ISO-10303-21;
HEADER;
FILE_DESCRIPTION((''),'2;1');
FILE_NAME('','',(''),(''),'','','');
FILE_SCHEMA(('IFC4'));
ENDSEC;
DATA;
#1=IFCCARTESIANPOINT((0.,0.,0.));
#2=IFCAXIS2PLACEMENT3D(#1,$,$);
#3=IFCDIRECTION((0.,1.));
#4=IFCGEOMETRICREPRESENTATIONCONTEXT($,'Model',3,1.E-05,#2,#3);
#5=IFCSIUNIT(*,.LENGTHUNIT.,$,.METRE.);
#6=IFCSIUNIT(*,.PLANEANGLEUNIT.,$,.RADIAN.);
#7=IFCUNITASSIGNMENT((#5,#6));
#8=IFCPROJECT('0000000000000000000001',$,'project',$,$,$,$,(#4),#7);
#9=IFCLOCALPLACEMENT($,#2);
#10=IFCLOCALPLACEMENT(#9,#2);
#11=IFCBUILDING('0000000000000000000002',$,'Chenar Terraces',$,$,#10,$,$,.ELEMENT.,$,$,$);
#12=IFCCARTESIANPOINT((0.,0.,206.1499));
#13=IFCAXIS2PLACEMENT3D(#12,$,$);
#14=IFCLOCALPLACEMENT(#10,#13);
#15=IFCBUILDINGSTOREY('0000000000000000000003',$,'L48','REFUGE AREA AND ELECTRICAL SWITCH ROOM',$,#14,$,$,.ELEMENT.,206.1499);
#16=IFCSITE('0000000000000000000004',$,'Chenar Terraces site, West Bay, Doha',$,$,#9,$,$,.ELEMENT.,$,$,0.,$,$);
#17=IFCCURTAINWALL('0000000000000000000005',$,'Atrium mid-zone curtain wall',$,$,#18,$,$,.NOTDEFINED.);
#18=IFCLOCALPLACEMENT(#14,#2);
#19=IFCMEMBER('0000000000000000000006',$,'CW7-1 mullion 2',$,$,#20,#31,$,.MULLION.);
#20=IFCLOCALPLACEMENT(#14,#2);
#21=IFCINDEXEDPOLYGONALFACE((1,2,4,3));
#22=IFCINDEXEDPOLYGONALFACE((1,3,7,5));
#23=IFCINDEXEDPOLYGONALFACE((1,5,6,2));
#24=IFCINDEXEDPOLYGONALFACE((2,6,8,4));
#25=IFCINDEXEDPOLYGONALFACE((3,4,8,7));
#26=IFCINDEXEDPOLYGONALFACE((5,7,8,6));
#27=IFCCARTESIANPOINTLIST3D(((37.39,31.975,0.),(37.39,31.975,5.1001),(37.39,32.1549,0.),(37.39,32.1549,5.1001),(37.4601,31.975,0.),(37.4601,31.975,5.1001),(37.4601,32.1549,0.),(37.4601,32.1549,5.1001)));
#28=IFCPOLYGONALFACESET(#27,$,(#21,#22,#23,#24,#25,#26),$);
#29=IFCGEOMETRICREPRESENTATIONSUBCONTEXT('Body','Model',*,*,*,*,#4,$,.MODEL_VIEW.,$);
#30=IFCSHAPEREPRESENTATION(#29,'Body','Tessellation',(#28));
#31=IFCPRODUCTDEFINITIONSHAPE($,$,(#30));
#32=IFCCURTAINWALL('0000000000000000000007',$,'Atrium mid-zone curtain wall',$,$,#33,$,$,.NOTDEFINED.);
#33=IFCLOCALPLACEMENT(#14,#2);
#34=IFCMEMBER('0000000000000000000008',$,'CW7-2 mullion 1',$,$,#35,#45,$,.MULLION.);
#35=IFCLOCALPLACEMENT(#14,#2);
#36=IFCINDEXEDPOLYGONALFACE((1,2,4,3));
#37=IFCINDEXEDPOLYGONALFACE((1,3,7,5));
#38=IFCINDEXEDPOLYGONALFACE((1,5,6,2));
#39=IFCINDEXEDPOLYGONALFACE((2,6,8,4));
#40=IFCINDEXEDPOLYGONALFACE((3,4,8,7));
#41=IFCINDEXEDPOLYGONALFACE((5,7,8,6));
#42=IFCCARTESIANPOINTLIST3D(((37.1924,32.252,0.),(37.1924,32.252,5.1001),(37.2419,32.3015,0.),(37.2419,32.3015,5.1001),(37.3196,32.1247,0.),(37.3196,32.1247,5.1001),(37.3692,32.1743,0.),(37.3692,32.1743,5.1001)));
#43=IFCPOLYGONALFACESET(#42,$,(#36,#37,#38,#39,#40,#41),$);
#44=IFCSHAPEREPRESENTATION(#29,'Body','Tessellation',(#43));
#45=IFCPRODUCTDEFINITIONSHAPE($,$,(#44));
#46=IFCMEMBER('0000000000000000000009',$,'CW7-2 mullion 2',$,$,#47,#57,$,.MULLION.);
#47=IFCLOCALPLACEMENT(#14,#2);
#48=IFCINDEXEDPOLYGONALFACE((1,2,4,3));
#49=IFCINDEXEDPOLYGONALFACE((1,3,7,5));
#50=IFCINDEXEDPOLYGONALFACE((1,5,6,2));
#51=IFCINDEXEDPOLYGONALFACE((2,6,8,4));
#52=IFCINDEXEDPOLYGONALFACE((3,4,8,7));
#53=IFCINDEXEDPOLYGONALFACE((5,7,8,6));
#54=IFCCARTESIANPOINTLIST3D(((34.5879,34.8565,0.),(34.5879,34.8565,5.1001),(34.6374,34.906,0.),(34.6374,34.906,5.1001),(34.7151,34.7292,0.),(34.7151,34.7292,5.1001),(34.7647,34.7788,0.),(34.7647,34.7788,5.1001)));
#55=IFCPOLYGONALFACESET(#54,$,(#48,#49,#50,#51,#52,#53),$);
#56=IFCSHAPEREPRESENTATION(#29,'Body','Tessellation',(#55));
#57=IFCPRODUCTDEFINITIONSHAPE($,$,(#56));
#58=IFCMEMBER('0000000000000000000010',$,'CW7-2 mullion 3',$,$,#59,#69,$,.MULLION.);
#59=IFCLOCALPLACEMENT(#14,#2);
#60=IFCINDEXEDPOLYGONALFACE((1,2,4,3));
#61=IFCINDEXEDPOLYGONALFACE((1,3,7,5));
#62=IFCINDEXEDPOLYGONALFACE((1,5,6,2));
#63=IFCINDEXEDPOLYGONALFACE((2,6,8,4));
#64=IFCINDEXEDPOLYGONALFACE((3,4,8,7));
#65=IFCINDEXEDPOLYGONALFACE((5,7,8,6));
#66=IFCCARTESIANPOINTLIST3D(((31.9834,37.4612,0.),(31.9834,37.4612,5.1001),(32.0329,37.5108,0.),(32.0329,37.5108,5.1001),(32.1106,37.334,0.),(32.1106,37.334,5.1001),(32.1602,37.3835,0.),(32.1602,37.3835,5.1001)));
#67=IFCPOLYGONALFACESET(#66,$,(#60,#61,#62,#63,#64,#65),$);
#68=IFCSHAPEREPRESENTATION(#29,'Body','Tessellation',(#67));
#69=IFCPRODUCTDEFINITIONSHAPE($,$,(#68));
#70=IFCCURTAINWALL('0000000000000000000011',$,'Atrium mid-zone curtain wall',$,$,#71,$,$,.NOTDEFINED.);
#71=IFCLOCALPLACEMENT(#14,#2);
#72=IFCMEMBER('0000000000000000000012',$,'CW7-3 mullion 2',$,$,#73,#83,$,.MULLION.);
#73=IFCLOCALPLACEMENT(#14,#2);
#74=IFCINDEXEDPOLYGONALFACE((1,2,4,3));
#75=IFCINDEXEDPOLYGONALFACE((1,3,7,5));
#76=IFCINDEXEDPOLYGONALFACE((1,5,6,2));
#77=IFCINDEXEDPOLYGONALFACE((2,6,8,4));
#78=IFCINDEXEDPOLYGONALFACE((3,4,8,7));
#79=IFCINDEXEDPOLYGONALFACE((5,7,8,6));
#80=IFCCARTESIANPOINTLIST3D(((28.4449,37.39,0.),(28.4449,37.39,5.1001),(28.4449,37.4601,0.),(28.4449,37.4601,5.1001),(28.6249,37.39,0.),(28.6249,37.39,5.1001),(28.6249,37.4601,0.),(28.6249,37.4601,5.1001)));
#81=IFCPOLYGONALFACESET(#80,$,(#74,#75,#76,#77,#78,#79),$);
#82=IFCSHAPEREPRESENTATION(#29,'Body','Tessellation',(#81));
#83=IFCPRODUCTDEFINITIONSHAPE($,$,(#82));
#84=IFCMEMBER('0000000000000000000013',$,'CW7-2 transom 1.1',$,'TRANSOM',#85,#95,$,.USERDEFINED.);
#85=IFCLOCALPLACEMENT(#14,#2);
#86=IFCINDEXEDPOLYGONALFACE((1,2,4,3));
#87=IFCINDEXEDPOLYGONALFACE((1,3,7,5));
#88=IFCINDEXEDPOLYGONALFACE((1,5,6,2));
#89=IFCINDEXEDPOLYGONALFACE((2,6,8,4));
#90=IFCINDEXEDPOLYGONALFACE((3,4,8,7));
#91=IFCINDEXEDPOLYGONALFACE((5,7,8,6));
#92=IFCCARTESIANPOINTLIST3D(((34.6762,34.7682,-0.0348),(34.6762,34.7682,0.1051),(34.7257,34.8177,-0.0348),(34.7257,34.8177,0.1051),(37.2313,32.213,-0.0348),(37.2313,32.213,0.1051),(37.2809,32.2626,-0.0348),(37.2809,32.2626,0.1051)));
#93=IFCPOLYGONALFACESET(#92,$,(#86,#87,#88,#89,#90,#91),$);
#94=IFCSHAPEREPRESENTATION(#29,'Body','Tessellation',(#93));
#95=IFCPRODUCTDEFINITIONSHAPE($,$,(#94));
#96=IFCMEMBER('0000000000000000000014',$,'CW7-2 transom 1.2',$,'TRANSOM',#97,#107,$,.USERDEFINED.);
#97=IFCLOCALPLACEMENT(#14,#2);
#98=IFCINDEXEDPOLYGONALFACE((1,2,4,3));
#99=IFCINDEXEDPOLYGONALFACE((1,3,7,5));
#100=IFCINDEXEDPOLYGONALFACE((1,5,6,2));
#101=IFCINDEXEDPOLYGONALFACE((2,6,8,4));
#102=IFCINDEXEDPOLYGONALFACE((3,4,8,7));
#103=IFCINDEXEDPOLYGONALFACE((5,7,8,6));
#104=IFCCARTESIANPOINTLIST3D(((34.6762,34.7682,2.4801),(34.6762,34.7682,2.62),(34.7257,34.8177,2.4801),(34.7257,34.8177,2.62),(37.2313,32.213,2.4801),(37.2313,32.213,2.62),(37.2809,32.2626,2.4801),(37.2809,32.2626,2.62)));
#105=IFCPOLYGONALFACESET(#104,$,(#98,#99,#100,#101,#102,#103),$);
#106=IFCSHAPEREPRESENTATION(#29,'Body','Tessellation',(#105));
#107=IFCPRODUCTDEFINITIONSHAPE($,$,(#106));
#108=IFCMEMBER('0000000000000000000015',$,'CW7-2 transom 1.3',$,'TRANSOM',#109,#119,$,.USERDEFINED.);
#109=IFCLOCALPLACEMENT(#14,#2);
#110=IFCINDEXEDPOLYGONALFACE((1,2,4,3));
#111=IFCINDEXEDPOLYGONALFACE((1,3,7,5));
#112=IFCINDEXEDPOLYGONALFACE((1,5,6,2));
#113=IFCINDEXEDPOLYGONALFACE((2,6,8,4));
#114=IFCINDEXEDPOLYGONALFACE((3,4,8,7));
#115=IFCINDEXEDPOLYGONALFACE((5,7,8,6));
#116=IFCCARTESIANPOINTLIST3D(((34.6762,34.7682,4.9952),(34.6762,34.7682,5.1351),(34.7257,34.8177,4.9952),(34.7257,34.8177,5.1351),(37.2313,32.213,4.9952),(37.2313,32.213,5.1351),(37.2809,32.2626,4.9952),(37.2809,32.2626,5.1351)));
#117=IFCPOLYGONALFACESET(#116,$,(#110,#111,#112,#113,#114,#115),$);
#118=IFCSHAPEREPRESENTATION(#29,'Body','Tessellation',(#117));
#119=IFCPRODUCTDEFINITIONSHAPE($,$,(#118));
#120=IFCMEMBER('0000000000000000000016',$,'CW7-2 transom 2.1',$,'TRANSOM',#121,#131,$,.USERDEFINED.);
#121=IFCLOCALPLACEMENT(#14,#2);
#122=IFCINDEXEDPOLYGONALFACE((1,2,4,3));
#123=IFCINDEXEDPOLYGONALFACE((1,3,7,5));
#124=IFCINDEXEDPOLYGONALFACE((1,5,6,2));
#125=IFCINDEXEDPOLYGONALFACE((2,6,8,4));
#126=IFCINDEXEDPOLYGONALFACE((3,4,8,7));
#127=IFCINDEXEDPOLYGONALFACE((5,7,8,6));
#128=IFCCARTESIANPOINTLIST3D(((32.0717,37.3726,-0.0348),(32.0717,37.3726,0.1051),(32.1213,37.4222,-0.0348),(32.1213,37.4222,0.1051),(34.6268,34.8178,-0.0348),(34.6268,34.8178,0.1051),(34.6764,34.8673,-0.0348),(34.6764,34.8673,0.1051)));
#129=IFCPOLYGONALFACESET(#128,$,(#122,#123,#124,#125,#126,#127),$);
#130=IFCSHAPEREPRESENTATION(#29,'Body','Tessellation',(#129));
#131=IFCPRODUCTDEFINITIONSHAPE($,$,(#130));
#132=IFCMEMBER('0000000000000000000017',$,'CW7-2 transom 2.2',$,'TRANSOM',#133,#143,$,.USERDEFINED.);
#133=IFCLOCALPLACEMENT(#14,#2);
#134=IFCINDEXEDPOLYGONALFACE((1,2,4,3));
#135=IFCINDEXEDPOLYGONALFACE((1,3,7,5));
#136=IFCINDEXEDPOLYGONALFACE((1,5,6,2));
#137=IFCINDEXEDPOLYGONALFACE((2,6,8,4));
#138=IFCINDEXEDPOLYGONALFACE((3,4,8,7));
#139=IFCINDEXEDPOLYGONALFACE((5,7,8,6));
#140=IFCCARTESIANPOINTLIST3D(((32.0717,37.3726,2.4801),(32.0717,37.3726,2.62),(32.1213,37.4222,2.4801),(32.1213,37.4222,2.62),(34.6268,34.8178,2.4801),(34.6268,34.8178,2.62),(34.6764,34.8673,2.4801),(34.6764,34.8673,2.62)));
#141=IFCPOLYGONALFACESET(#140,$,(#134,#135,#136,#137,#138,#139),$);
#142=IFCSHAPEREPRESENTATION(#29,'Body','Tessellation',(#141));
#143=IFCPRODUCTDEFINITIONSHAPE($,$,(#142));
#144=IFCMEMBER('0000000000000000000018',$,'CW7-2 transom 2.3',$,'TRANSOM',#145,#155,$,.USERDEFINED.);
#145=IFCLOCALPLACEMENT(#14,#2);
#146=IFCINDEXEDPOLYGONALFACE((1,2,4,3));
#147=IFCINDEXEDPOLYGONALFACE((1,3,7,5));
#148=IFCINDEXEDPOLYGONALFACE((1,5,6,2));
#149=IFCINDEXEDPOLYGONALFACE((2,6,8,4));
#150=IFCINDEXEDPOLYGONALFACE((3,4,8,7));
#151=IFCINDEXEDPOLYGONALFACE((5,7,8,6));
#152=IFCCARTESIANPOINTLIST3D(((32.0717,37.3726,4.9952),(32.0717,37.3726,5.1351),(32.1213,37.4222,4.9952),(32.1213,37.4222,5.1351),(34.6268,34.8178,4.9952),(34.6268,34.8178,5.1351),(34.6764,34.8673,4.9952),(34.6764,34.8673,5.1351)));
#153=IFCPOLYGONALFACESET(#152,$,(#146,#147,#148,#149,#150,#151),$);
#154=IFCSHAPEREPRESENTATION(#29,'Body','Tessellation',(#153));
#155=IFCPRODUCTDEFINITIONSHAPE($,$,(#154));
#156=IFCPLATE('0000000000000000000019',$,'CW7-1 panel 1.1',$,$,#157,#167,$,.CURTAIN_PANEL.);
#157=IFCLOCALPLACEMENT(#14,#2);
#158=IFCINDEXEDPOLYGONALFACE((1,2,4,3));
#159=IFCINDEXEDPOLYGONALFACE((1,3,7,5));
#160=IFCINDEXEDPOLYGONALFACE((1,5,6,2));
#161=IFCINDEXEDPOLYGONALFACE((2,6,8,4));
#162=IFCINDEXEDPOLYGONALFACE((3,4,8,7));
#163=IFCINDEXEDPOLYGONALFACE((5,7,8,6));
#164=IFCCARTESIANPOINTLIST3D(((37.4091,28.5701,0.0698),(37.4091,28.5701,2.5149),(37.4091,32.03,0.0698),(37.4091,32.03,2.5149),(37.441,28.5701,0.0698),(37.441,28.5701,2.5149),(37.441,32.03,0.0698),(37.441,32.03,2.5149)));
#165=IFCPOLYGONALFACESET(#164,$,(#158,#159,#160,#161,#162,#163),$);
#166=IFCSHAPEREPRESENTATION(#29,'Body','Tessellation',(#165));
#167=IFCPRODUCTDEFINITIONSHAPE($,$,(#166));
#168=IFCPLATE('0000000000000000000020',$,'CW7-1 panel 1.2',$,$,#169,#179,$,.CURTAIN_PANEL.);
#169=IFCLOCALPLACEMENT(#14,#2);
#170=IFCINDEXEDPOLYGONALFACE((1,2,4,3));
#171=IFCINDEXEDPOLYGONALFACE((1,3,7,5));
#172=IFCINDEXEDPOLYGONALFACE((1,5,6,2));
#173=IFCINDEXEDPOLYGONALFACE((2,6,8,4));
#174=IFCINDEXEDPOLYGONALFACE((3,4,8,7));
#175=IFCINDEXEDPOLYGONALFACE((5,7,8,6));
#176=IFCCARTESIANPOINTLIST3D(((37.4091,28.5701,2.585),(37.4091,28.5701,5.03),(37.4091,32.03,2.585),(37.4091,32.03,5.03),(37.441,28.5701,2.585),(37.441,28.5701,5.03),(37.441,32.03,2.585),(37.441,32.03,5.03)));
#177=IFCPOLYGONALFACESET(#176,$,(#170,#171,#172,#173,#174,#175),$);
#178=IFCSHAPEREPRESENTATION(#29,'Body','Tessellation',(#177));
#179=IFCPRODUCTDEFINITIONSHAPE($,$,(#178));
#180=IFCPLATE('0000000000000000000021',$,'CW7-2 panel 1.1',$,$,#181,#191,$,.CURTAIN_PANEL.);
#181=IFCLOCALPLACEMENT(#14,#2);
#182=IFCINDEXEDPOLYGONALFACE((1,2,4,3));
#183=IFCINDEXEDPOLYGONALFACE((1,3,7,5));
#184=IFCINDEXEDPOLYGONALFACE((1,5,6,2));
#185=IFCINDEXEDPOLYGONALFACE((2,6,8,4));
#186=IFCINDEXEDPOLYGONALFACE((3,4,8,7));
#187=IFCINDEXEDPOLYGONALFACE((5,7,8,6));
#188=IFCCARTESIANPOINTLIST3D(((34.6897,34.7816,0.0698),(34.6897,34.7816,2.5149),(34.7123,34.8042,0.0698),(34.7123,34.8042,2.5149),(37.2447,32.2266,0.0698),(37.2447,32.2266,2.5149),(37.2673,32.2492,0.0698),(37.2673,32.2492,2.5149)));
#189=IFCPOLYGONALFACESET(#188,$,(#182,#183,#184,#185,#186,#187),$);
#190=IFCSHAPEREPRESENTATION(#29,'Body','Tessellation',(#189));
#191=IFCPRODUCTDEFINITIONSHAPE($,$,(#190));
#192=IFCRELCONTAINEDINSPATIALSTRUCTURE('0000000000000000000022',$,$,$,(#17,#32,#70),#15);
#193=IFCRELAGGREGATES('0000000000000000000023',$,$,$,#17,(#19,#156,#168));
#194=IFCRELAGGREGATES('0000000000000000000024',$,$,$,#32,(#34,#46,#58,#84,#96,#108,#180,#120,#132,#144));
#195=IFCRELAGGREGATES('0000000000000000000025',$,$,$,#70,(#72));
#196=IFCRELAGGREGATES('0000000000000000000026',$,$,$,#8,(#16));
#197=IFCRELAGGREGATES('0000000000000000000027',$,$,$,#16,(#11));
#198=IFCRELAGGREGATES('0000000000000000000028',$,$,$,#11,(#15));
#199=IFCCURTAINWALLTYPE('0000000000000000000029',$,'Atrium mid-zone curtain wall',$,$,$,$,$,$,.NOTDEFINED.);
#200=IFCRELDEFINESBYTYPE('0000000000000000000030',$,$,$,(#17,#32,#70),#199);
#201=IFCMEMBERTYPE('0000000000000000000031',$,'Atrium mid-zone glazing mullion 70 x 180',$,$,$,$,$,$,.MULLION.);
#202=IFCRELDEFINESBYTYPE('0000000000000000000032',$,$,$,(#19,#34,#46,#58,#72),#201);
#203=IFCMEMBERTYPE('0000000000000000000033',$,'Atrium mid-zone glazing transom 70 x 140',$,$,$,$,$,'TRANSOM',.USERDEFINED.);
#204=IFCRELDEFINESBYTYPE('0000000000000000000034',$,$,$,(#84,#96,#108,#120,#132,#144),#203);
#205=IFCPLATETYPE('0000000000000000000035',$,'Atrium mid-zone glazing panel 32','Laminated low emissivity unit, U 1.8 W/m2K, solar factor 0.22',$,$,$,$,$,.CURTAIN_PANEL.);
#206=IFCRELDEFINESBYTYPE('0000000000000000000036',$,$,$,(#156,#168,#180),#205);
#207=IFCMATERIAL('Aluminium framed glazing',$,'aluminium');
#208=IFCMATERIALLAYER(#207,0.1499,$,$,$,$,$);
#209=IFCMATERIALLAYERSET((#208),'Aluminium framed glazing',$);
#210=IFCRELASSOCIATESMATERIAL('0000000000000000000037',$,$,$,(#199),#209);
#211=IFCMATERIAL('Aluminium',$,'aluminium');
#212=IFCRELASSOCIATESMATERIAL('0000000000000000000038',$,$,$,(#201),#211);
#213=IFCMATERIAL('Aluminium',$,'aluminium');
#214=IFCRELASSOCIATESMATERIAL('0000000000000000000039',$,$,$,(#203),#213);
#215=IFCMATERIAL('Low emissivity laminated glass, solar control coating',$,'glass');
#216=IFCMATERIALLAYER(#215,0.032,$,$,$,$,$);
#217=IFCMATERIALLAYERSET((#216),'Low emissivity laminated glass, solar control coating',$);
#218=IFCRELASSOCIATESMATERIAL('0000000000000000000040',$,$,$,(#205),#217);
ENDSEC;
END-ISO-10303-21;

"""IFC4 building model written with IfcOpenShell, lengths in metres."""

from ifc_helpers import new_model, si_unit, direction, frame, origin, origin_2d, place, context, subcontext, project, spatial, rectangle, extrude, material, layer, layer_set, material_profile, profile_set, type_object, element, aggregate, save


model = new_model("IFC4")

# Units and contexts
model_context = context("Model", 3, precision=1e-05, world=origin(), true_north=direction((0.0, 1.0)))
body_context = subcontext(model_context, "Body", "Model", "MODEL_VIEW")
ifc_project = project(units=[si_unit("LENGTHUNIT", "METRE"), si_unit("PLANEANGLEUNIT", "RADIAN")], contexts=[model_context])

# Site, building, storey
site_placement = place(None, origin())
site = spatial("IfcSite", under=ifc_project, at=site_placement, Name="Chenar Terraces site, West Bay, Doha", CompositionType="ELEMENT", RefElevation=0.0)
building_placement = place(site_placement, origin())
building = spatial("IfcBuilding", under=site, at=building_placement, Name="Chenar Terraces", CompositionType="ELEMENT")
storey_placement = place(building_placement, frame((0.0, 0.0, 206.1499)))
storey = spatial("IfcBuildingStorey", under=building, at=storey_placement, Name="L48", Description="REFUGE AREA AND ELECTRICAL SWITCH ROOM", CompositionType="ELEMENT", Elevation=206.1499)

# Curtain wall, member
ifc_material_1 = material(Name="Aluminium framed glazing", Category="aluminium")
ifc_layer_1 = layer(ifc_material_1, 0.1499)
ifc_layer_set_1 = layer_set([ifc_layer_1], Name="Aluminium framed glazing")
curtain_wall_type = type_object("IfcCurtainWallType", Name="Atrium mid-zone curtain wall", PredefinedType="NOTDEFINED", material=ifc_layer_set_1)
placement = place(storey_placement, origin())
curtain_wall_1 = element("IfcCurtainWall", 1, at=placement, inside=storey, type_object=curtain_wall_type, Name="Atrium mid-zone curtain wall", PredefinedType="NOTDEFINED")
ifc_material_2 = material(Name="Aluminium", Category="aluminium")
ifc_material_profile_1 = material_profile(ifc_material_2, rectangle(XDim=0.0701, YDim=0.1799, at=origin_2d()), Name="Atrium mid-zone glazing mullion 70 x 180")
ifc_profile_set_1 = profile_set([ifc_material_profile_1], Name="Aluminium")
member_type_1 = type_object("IfcMemberType", Name="Atrium mid-zone glazing mullion 70 x 180", PredefinedType="MULLION", material=ifc_profile_set_1)
member_1_placement = place(storey_placement, frame((37.425, 32.0649, 0.0), z_axis=(0.0, 0.0, 1.0), x_axis=(-1.0, 0.0, 0.0)))
member_1 = element("IfcMember", 2, at=member_1_placement, type_object=member_type_1, Name="CW7-1 mullion 2", PredefinedType="MULLION", context=body_context, shape_type="SweptSolid", body=[
    extrude(rectangle(XDim=0.0701, YDim=0.1799, at=origin_2d()), origin(), (0.0, 0.0, 1.0), 5.1001),
])

# Curtain wall, members
curtain_wall_2 = element("IfcCurtainWall", 3, at=placement, inside=storey, type_object=curtain_wall_type, Name="Atrium mid-zone curtain wall", PredefinedType="NOTDEFINED")
member_2_placement = place(storey_placement, frame((37.2808, 32.2131, 0.0), z_axis=(0.0, 0.0, 1.0), x_axis=(-0.707107, -0.707107, 0.0)))
member_2 = element("IfcMember", 4, at=member_2_placement, type_object=member_type_1, Name="CW7-2 mullion 1", PredefinedType="MULLION", context=body_context, shape_type="SweptSolid", body=[
    extrude(rectangle(XDim=0.0701, YDim=0.1799, at=origin_2d()), origin(), (0.0, 0.0, 1.0), 5.1001),
])
member_3_placement = place(storey_placement, frame((34.6763, 34.8176, 0.0), z_axis=(0.0, 0.0, 1.0), x_axis=(-0.707107, -0.707107, 0.0)))
member_3 = element("IfcMember", 5, at=member_3_placement, type_object=member_type_1, Name="CW7-2 mullion 2", PredefinedType="MULLION", context=body_context, shape_type="SweptSolid", body=[
    extrude(rectangle(XDim=0.0701, YDim=0.1799, at=origin_2d()), origin(), (0.0, 0.0, 1.0), 5.1001),
])
member_4_placement = place(storey_placement, frame((32.0718, 37.4224, 0.0), z_axis=(0.0, 0.0, 1.0), x_axis=(-0.707107, -0.707107, 0.0)))
member_4 = element("IfcMember", 6, at=member_4_placement, type_object=member_type_1, Name="CW7-2 mullion 3", PredefinedType="MULLION", context=body_context, shape_type="SweptSolid", body=[
    extrude(rectangle(XDim=0.0701, YDim=0.1799, at=origin_2d()), origin(), (0.0, 0.0, 1.0), 5.1001),
])

# Curtain wall, member
curtain_wall_3 = element("IfcCurtainWall", 7, at=placement, inside=storey, type_object=curtain_wall_type, Name="Atrium mid-zone curtain wall", PredefinedType="NOTDEFINED")
member_5_placement = place(storey_placement, frame((28.5349, 37.425, 0.0), z_axis=(0.0, 0.0, 1.0), x_axis=(0.0, -1.0, 0.0)))
member_5 = element("IfcMember", 8, at=member_5_placement, type_object=member_type_1, Name="CW7-3 mullion 2", PredefinedType="MULLION", context=body_context, shape_type="SweptSolid", body=[
    extrude(rectangle(XDim=0.0701, YDim=0.1799, at=origin_2d()), origin(), (0.0, 0.0, 1.0), 5.1001),
])

# Members
ifc_material_3 = material(Name="Aluminium", Category="aluminium")
ifc_material_profile_2 = material_profile(ifc_material_3, rectangle(XDim=0.0701, YDim=0.1399, at=origin_2d()), Name="Atrium mid-zone glazing transom 70 x 140")
ifc_profile_set_2 = profile_set([ifc_material_profile_2], Name="Aluminium")
member_type_2 = type_object("IfcMemberType", Name="Atrium mid-zone glazing transom 70 x 140", ElementType="TRANSOM", PredefinedType="USERDEFINED", material=ifc_profile_set_2)
member_6_placement = place(storey_placement, frame((37.2561, 32.2378, 0.0352), z_axis=(-0.707107, 0.707107, 0.0), x_axis=(-0.707107, -0.707107, 0.0)))
member_6 = element("IfcMember", 9, at=member_6_placement, type_object=member_type_2, Name="CW7-2 transom 1.1", ObjectType="TRANSOM", PredefinedType="USERDEFINED", context=body_context, shape_type="SweptSolid", body=[
    extrude(rectangle(XDim=0.0701, YDim=0.1399, at=origin_2d()), origin(), (0.0, 0.0, 1.0), 3.6135),
])
member_7_placement = place(storey_placement, frame((37.2561, 32.2378, 2.55), z_axis=(-0.707107, 0.707107, 0.0), x_axis=(-0.707107, -0.707107, 0.0)))
member_7 = element("IfcMember", 10, at=member_7_placement, type_object=member_type_2, Name="CW7-2 transom 1.2", ObjectType="TRANSOM", PredefinedType="USERDEFINED", context=body_context, shape_type="SweptSolid", body=[
    extrude(rectangle(XDim=0.0701, YDim=0.1399, at=origin_2d()), origin(), (0.0, 0.0, 1.0), 3.6135),
])
member_8_placement = place(storey_placement, frame((37.2561, 32.2378, 5.0652), z_axis=(-0.707107, 0.707107, 0.0), x_axis=(-0.707107, -0.707107, 0.0)))
member_8 = element("IfcMember", 11, at=member_8_placement, type_object=member_type_2, Name="CW7-2 transom 1.3", ObjectType="TRANSOM", PredefinedType="USERDEFINED", context=body_context, shape_type="SweptSolid", body=[
    extrude(rectangle(XDim=0.0701, YDim=0.1399, at=origin_2d()), origin(), (0.0, 0.0, 1.0), 3.6135),
])
member_9_placement = place(storey_placement, frame((34.6516, 34.8425, 0.0352), z_axis=(-0.707141, 0.707073, 0.0), x_axis=(-0.707073, -0.707141, 0.0)))
member_9 = element("IfcMember", 12, at=member_9_placement, type_object=member_type_2, Name="CW7-2 transom 2.1", ObjectType="TRANSOM", PredefinedType="USERDEFINED", context=body_context, shape_type="SweptSolid", body=[
    extrude(rectangle(XDim=0.0701, YDim=0.1399, at=origin_2d()), origin(), (0.0, 0.0, 1.0), 3.6133),
])
member_10_placement = place(storey_placement, frame((34.6516, 34.8425, 2.55), z_axis=(-0.707141, 0.707073, 0.0), x_axis=(-0.707073, -0.707141, 0.0)))
member_10 = element("IfcMember", 13, at=member_10_placement, type_object=member_type_2, Name="CW7-2 transom 2.2", ObjectType="TRANSOM", PredefinedType="USERDEFINED", context=body_context, shape_type="SweptSolid", body=[
    extrude(rectangle(XDim=0.0701, YDim=0.1399, at=origin_2d()), origin(), (0.0, 0.0, 1.0), 3.6133),
])
member_11_placement = place(storey_placement, frame((34.6516, 34.8425, 5.0652), z_axis=(-0.707141, 0.707073, 0.0), x_axis=(-0.707073, -0.707141, 0.0)))
member_11 = element("IfcMember", 14, at=member_11_placement, type_object=member_type_2, Name="CW7-2 transom 2.3", ObjectType="TRANSOM", PredefinedType="USERDEFINED", context=body_context, shape_type="SweptSolid", body=[
    extrude(rectangle(XDim=0.0701, YDim=0.1399, at=origin_2d()), origin(), (0.0, 0.0, 1.0), 3.6133),
])

# Plates
ifc_material_4 = material(Name="Low emissivity laminated glass, solar control coating", Category="glass")
ifc_layer_2 = layer(ifc_material_4, 0.032)
ifc_layer_set_2 = layer_set([ifc_layer_2], Name="Low emissivity laminated glass, solar control coating")
plate_type = type_object("IfcPlateType", Name="Atrium mid-zone glazing panel 32", Description="Laminated low emissivity unit, U 1.8 W/m2K, solar factor 0.22", PredefinedType="CURTAIN_PANEL", material=ifc_layer_set_2)
plate_1_placement = place(storey_placement, frame((37.425, 30.3, 0.0698), z_axis=(0.0, 0.0, 1.0), x_axis=(0.0, 1.0, 0.0)))
plate_1 = element("IfcPlate", 15, at=plate_1_placement, type_object=plate_type, Name="CW7-1 panel 1.1", PredefinedType="CURTAIN_PANEL", context=body_context, shape_type="SweptSolid", body=[
    extrude(rectangle(XDim=3.46, YDim=0.032, at=origin_2d()), origin(), (0.0, 0.0, 1.0), 2.4451),
])
plate_2_placement = place(storey_placement, frame((37.425, 30.3, 2.585), z_axis=(0.0, 0.0, 1.0), x_axis=(0.0, 1.0, 0.0)))
plate_2 = element("IfcPlate", 16, at=plate_2_placement, type_object=plate_type, Name="CW7-1 panel 1.2", PredefinedType="CURTAIN_PANEL", context=body_context, shape_type="SweptSolid", body=[
    extrude(rectangle(XDim=3.46, YDim=0.032, at=origin_2d()), origin(), (0.0, 0.0, 1.0), 2.4451),
])
aggregate(curtain_wall_1, [member_1, plate_1, plate_2])
plate_3_placement = place(storey_placement, frame((35.9785, 33.5154, 0.0698), z_axis=(0.0, 0.0, 1.0), x_axis=(-0.707107, 0.707107, 0.0)))
plate_3 = element("IfcPlate", 17, at=plate_3_placement, type_object=plate_type, Name="CW7-2 panel 1.1", PredefinedType="CURTAIN_PANEL", context=body_context, shape_type="SweptSolid", body=[
    extrude(rectangle(XDim=3.6133, YDim=0.032, at=origin_2d()), origin(), (0.0, 0.0, 1.0), 2.4451),
])
aggregate(curtain_wall_2, [member_2, member_3, member_4, member_6, member_7, member_8, plate_3, member_9, member_10, member_11])
aggregate(curtain_wall_3, [member_5])

save(model, "model.ifc")
